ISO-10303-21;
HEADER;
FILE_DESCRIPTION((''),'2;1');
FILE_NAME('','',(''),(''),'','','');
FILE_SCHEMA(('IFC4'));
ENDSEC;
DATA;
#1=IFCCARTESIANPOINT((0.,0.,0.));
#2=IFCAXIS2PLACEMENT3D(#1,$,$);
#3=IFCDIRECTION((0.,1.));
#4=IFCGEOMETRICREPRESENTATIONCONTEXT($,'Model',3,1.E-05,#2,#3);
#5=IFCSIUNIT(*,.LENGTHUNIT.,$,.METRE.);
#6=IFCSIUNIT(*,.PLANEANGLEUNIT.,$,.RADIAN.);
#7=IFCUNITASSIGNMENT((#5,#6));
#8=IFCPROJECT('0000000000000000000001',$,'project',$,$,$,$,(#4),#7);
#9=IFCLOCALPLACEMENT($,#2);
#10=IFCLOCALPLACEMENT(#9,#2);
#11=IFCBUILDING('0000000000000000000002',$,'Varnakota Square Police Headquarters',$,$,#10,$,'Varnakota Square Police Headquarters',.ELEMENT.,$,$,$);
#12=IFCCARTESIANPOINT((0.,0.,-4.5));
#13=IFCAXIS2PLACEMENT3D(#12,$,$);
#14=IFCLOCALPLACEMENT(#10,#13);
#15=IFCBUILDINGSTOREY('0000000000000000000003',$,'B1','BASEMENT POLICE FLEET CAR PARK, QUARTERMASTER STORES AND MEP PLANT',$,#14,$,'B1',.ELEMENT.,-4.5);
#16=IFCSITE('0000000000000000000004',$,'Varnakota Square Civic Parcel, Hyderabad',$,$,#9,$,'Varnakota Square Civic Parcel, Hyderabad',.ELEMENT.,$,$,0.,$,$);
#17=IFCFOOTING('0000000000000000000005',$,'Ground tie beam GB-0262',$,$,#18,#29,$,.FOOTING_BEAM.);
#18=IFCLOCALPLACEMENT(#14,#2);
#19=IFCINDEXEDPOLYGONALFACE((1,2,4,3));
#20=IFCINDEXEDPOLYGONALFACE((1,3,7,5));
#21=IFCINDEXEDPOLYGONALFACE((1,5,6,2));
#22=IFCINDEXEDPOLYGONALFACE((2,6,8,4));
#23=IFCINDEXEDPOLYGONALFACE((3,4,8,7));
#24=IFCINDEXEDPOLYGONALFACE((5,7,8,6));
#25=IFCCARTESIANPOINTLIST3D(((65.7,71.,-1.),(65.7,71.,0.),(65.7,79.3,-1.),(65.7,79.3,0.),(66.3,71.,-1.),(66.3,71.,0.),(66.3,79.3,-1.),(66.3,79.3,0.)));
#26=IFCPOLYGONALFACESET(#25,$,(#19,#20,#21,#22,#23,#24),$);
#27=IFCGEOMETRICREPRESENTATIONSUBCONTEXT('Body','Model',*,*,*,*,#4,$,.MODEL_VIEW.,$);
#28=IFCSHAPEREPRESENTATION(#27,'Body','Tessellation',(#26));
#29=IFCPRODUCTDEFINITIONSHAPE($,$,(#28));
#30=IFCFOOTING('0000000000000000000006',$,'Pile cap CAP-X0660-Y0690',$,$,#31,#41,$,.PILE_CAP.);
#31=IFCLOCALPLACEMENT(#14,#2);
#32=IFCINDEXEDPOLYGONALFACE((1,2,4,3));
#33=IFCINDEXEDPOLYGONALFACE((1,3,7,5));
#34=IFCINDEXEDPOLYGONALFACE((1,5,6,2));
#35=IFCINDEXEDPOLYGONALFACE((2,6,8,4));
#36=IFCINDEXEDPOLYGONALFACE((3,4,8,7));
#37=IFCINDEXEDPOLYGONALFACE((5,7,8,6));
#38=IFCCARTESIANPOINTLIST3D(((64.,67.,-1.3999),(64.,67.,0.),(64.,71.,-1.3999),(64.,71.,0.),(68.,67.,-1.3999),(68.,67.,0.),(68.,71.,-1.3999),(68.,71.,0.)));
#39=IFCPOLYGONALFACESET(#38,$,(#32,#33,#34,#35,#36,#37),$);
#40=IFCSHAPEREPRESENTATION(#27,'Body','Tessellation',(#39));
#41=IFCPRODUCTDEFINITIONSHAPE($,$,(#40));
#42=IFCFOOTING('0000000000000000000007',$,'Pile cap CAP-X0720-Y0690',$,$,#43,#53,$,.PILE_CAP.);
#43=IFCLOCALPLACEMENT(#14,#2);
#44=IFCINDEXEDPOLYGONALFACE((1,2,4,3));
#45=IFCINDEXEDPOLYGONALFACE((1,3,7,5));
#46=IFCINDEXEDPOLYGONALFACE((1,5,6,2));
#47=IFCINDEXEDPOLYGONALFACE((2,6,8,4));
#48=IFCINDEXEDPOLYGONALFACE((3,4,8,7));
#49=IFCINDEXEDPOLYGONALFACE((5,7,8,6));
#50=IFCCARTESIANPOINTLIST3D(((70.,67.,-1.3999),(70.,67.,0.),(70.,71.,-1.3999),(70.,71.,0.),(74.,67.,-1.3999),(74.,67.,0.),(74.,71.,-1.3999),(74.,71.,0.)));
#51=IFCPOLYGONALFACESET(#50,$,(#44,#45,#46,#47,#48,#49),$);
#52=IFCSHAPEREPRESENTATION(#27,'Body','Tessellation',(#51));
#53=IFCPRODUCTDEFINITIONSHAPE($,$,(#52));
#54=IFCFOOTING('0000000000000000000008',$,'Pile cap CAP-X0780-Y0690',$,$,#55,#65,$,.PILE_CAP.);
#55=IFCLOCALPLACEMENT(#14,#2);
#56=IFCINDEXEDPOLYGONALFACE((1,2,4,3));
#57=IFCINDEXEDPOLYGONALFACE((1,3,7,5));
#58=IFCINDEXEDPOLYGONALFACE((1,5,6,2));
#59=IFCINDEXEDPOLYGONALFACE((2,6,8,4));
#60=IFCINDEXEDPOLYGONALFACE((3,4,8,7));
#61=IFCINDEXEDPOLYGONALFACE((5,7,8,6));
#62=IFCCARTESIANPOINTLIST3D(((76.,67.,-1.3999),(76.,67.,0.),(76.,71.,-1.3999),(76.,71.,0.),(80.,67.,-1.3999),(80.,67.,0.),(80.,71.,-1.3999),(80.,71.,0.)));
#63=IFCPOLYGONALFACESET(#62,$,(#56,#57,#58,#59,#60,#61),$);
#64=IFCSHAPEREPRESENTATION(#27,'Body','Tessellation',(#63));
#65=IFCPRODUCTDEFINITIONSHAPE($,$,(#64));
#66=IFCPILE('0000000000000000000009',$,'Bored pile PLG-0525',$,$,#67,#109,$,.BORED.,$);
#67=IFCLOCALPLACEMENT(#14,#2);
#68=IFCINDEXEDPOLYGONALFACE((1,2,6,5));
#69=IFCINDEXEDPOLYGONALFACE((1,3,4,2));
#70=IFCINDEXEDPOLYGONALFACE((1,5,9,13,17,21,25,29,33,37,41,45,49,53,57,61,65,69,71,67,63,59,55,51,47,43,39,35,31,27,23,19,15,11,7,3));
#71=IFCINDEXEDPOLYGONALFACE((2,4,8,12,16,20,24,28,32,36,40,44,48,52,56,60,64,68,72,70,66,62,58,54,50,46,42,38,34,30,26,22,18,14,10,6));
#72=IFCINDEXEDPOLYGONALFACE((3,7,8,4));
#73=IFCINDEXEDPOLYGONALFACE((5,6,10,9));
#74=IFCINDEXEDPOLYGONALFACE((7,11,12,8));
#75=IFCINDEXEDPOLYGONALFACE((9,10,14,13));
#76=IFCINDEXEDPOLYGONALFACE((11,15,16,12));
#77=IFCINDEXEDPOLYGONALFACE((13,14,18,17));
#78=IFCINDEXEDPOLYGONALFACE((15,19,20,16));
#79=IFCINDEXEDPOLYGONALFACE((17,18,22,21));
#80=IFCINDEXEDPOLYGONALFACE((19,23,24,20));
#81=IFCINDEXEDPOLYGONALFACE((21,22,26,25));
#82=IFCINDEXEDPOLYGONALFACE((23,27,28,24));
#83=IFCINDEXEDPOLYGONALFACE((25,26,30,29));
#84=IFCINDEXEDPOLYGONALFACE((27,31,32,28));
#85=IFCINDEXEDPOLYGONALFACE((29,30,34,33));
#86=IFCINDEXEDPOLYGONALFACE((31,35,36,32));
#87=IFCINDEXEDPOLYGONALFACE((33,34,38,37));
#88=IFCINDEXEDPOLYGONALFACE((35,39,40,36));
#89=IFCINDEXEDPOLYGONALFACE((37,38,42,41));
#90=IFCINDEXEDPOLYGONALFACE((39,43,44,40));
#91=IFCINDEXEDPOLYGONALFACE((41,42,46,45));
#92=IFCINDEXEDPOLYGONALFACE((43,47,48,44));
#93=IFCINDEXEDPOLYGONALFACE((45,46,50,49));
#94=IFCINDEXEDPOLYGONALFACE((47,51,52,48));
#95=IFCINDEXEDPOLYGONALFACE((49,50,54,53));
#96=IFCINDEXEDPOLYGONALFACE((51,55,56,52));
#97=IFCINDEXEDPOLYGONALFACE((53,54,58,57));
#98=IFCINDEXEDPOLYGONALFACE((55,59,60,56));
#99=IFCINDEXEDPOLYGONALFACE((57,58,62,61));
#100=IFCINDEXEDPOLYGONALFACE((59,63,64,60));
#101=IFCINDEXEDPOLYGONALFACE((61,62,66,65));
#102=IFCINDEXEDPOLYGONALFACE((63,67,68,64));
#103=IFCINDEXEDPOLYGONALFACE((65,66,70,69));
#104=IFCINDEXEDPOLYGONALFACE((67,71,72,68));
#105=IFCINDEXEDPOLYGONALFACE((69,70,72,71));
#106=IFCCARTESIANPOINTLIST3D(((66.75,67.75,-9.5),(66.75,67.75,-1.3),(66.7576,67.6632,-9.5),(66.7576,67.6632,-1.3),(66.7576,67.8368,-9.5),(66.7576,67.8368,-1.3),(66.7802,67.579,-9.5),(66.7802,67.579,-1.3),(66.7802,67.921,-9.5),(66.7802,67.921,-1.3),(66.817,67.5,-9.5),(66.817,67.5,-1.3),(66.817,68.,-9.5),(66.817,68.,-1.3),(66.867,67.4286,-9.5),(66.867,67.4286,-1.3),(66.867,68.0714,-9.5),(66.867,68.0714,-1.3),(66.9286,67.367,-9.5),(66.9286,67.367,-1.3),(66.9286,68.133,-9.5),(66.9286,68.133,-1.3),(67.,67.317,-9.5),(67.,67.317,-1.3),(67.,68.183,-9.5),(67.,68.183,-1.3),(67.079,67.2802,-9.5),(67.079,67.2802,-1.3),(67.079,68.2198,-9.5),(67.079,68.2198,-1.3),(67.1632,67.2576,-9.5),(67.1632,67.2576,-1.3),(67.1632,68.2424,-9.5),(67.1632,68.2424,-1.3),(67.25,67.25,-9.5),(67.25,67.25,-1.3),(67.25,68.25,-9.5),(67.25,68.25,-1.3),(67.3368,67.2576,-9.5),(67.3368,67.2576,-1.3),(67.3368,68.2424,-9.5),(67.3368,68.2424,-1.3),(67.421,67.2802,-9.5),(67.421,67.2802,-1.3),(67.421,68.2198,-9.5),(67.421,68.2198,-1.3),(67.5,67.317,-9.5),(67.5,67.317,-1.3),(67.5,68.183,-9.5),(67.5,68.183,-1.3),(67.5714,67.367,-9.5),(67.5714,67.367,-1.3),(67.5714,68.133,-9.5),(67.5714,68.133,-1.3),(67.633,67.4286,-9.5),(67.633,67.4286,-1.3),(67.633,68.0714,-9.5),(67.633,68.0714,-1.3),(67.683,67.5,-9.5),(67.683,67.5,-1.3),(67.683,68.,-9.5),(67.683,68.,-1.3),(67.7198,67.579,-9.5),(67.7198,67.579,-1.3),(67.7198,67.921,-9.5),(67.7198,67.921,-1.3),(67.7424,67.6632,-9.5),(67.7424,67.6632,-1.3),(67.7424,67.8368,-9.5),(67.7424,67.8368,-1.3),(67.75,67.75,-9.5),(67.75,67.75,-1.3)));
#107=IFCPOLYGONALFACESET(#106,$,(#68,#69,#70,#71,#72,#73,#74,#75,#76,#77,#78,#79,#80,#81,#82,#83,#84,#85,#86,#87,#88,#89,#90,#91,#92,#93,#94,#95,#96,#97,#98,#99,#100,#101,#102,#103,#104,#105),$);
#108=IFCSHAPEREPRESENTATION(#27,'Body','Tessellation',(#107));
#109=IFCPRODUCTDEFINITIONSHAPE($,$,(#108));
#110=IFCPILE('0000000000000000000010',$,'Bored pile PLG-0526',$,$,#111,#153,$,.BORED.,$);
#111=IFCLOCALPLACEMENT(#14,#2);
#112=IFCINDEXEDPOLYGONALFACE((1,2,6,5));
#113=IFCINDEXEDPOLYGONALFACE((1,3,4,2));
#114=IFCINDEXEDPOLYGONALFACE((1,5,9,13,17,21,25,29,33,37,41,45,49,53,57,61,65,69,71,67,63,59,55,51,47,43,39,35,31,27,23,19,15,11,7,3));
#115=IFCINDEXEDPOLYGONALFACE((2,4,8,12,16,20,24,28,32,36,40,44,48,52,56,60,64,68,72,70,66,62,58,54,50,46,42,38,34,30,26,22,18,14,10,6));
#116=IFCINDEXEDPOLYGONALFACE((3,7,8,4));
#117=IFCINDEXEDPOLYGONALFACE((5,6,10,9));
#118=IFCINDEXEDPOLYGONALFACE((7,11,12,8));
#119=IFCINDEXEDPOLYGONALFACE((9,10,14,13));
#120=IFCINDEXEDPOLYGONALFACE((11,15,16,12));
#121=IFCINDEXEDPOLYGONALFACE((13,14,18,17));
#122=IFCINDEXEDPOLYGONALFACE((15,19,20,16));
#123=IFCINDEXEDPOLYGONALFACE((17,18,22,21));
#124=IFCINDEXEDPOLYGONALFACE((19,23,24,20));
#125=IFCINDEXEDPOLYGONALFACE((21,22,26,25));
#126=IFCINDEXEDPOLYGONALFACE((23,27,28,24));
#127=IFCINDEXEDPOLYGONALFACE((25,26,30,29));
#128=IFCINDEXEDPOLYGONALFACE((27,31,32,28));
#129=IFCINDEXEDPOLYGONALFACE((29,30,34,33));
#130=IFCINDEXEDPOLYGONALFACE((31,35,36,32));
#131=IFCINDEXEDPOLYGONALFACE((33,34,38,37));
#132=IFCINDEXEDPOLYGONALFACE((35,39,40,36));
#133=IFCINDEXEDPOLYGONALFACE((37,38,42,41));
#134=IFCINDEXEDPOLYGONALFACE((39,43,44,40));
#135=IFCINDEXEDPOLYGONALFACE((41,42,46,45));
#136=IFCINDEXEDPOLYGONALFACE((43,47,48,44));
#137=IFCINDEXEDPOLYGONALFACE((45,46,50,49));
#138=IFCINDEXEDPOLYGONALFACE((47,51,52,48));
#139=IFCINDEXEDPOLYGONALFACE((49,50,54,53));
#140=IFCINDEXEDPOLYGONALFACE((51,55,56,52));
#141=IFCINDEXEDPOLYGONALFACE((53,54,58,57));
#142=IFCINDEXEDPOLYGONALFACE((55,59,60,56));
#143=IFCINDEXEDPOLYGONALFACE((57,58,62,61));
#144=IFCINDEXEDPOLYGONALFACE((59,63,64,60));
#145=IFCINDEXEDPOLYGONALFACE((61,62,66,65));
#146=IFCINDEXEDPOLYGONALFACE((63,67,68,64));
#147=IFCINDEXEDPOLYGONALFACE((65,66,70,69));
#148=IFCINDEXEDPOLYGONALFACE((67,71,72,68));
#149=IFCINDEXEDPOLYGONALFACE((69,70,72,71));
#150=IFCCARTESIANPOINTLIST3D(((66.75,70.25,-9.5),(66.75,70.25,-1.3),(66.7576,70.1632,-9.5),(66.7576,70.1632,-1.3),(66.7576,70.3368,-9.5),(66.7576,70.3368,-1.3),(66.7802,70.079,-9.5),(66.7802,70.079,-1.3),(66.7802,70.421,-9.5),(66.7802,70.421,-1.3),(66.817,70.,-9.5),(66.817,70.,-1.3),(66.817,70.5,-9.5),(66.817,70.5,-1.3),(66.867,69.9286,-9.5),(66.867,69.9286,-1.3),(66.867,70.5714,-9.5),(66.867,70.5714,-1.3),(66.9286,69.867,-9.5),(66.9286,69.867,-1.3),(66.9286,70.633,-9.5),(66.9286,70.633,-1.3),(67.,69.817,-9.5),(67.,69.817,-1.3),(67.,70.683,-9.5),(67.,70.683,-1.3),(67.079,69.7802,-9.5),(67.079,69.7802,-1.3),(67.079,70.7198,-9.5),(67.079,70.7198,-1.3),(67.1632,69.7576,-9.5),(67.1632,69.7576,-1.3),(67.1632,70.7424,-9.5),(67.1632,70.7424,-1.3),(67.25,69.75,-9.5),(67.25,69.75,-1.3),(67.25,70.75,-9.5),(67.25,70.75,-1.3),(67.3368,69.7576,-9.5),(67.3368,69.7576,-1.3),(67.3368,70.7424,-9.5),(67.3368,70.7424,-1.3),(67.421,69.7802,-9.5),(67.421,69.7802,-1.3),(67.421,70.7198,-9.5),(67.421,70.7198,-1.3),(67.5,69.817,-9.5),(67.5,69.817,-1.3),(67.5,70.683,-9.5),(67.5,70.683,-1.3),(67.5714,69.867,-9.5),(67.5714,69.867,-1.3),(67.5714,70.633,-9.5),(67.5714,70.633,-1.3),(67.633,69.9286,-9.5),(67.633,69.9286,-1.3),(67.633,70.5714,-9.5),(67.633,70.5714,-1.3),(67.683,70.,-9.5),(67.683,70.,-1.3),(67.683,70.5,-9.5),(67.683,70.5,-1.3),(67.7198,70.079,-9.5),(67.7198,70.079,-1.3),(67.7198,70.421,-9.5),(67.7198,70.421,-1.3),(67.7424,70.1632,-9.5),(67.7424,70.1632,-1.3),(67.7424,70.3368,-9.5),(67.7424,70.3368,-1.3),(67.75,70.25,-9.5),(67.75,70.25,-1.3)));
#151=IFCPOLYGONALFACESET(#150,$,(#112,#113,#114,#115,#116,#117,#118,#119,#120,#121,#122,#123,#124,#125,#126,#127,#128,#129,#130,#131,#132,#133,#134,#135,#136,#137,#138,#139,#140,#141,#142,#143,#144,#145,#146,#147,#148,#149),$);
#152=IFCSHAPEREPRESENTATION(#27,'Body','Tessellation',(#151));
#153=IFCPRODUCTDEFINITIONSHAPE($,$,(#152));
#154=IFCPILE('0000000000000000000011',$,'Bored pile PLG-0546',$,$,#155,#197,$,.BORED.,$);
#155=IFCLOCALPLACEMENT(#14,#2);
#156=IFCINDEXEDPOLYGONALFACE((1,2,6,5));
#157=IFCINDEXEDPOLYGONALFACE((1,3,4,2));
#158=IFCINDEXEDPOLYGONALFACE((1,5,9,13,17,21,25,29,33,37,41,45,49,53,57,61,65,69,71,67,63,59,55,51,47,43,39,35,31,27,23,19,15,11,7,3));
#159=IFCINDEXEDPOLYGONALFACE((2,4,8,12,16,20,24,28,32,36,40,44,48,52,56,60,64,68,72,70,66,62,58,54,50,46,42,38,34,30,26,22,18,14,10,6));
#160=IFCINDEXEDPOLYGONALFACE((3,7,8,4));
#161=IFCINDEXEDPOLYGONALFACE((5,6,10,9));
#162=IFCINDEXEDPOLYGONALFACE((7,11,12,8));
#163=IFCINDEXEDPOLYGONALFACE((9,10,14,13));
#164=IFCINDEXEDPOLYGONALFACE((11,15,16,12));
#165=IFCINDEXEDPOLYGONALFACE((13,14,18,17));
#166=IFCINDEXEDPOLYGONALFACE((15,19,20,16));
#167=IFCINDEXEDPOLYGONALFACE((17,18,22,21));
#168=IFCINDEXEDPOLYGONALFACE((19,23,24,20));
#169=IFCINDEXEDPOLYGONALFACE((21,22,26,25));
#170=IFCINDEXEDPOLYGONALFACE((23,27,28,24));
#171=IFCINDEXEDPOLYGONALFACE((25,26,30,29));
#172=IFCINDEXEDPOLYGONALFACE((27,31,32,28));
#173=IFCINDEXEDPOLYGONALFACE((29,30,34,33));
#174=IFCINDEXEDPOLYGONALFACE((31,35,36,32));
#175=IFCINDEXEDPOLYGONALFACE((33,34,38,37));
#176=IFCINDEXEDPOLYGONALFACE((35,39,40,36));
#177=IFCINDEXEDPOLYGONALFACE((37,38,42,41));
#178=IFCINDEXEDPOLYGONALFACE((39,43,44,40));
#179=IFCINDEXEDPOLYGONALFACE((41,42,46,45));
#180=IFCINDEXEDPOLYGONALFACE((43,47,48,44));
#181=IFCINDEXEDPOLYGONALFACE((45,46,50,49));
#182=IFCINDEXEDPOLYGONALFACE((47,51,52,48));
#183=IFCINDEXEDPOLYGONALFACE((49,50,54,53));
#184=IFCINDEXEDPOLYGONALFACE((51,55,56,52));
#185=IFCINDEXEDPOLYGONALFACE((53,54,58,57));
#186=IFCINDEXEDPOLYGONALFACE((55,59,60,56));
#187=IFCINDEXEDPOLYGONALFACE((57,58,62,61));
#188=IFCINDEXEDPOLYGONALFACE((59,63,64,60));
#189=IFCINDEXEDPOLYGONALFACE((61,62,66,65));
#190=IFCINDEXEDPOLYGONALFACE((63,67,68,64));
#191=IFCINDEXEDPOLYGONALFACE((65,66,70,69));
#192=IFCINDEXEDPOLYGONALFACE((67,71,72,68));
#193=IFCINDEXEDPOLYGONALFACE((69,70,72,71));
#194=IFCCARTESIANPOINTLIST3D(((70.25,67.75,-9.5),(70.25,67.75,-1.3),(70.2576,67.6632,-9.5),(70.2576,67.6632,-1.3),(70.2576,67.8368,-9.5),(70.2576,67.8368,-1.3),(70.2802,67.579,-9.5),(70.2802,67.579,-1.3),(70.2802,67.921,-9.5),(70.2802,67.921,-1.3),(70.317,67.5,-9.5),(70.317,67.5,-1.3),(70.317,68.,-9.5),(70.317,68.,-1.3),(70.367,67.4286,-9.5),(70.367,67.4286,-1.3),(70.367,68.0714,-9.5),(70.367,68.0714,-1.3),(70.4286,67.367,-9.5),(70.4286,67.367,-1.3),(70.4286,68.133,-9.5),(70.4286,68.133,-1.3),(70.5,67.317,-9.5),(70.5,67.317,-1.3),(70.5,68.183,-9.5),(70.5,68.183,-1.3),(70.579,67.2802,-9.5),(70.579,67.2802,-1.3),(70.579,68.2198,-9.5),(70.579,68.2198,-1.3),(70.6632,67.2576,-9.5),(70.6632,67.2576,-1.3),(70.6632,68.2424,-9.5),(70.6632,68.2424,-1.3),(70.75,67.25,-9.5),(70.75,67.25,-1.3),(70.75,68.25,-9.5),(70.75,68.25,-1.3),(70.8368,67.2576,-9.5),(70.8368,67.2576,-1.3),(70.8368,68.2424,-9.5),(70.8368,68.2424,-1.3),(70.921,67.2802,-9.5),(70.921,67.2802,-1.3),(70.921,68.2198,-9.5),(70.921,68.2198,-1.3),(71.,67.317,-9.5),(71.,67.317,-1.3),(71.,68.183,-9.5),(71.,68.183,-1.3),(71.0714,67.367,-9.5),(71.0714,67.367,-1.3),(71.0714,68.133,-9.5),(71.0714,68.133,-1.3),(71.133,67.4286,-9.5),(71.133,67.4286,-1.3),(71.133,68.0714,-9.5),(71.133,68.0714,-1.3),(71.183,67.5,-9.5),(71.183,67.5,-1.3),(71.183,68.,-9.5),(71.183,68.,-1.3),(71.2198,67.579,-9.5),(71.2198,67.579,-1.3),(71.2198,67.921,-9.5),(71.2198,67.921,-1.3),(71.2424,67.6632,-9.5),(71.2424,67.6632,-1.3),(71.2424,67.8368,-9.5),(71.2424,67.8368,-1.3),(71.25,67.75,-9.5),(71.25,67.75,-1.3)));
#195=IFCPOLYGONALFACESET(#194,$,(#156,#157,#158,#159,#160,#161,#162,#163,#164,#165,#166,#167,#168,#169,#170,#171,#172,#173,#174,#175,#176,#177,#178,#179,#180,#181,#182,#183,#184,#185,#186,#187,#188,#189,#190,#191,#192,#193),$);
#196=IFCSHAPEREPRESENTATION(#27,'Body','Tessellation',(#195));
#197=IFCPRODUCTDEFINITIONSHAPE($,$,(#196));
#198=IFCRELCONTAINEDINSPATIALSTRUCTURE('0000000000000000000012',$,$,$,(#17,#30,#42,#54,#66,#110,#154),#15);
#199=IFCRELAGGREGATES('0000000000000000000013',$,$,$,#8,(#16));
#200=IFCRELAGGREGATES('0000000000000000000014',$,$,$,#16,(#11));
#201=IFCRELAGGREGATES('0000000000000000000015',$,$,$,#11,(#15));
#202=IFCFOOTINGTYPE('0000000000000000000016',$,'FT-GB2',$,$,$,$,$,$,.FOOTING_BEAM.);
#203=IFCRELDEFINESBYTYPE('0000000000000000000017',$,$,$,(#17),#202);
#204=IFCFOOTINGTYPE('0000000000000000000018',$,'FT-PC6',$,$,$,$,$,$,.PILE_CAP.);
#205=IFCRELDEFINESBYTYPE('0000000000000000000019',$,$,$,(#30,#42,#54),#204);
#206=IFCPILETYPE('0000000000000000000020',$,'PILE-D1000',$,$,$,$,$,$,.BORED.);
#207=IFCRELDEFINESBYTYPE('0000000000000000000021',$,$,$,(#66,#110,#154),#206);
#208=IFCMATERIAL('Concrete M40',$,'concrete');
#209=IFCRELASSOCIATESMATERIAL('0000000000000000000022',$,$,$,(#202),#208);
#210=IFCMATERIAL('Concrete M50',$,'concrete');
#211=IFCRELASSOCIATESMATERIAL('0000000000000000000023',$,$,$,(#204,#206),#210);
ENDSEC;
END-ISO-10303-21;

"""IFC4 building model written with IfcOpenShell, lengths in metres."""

from ifc_helpers import new_model, si_unit, direction, frame, origin, origin_2d, place, context, subcontext, project, spatial, rectangle, circle, extrude, material, material_profile, profile_set, type_object, element, save


model = new_model("IFC4")

# Units and contexts
model_context = context("Model", 3, precision=1e-05, world=origin(), true_north=direction((0.0, 1.0)))
body_context = subcontext(model_context, "Body", "Model", "MODEL_VIEW")
ifc_project = project(units=[si_unit("LENGTHUNIT", "METRE"), si_unit("PLANEANGLEUNIT", "RADIAN")], contexts=[model_context])

# Site, building, storey
site_placement = place(None, origin())
site = spatial("IfcSite", under=ifc_project, at=site_placement, Name="Varnakota Square Civic Parcel, Hyderabad", LongName="Varnakota Square Civic Parcel, Hyderabad", CompositionType="ELEMENT", RefElevation=0.0)
building_placement = place(site_placement, origin())
building = spatial("IfcBuilding", under=site, at=building_placement, Name="Varnakota Square Police Headquarters", LongName="Varnakota Square Police Headquarters", CompositionType="ELEMENT")
storey_placement = place(building_placement, frame((0.0, 0.0, -4.5)))
storey = spatial("IfcBuildingStorey", under=building, at=storey_placement, Name="B1", Description="BASEMENT POLICE FLEET CAR PARK, QUARTERMASTER STORES AND MEP PLANT", LongName="B1", CompositionType="ELEMENT", Elevation=-4.5)

# Footings
ifc_material_1 = material(Name="Concrete M40", Category="concrete")
ifc_material_profile_1 = material_profile(ifc_material_1, rectangle(XDim=0.6001, YDim=1.0, at=origin_2d()), Name="GB 600x1000")
ifc_profile_set_1 = profile_set([ifc_material_profile_1], Name="Concrete M40")
footing_type_1 = type_object("IfcFootingType", Name="FT-GB2", PredefinedType="FOOTING_BEAM", material=ifc_profile_set_1)
footing_placement = place(storey_placement, frame((66.0, 71.0, -0.5), z_axis=(0.0, 1.0, 0.0), x_axis=(-1.0, 0.0, 0.0)))
element("IfcFooting", 1, at=footing_placement, inside=storey, type_object=footing_type_1, Name="Ground tie beam GB-0262", PredefinedType="FOOTING_BEAM", context=body_context, shape_type="SweptSolid", body=[
    extrude(rectangle(XDim=0.6001, YDim=1.0, at=origin_2d()), origin(), (0.0, 0.0, 1.0), 8.3),
])
ifc_material_2 = material(Name="Concrete M50", Category="concrete")
footing_type_2 = type_object("IfcFootingType", Name="FT-PC6", PredefinedType="PILE_CAP", material=ifc_material_2)
for number, where, z_axis, x_axis, name in (
    (2, (66.0, 69.0, -1.3999), (0.0, 0.0, 1.0), (1.0, 0.0, 0.0), "Pile cap CAP-X0660-Y0690"),
    (3, (72.0, 69.0, -1.3999), (0.0, 0.0, 1.0), (1.0, 0.0, 0.0), "Pile cap CAP-X0720-Y0690"),
    (4, (78.0, 69.0, -1.3999), (0.0, 0.0, 1.0), (1.0, 0.0, 0.0), "Pile cap CAP-X0780-Y0690"),
):
    element("IfcFooting", number, at=place(storey_placement, frame(where, z_axis=z_axis, x_axis=x_axis)), inside=storey, type_object=footing_type_2, Name=name, PredefinedType="PILE_CAP", context=body_context, shape_type="SweptSolid", body=[
        extrude(rectangle(XDim=4.0, YDim=4.0, at=origin_2d()), origin(), (0.0, 0.0, 1.0), 1.3999),
    ])

# Piles
ifc_material_profile_2 = material_profile(ifc_material_2, circle(Radius=0.5, at=origin_2d()), Name="BORED PILE 1000")
ifc_profile_set_2 = profile_set([ifc_material_profile_2], Name="Concrete M50")
pile_type = type_object("IfcPileType", Name="PILE-D1000", PredefinedType="BORED", material=ifc_profile_set_2)
for number, where, z_axis, x_axis, name in (
    (5, (67.25, 67.75, -1.3), (0.0, 0.0, -1.0), (1.0, 0.0, 0.0), "Bored pile PLG-0525"),
    (6, (67.25, 70.25, -1.3), (0.0, 0.0, -1.0), (1.0, 0.0, 0.0), "Bored pile PLG-0526"),
    (7, (70.75, 67.75, -1.3), (0.0, 0.0, -1.0), (1.0, 0.0, 0.0), "Bored pile PLG-0546"),
):
    element("IfcPile", number, at=place(storey_placement, frame(where, z_axis=z_axis, x_axis=x_axis)), inside=storey, type_object=pile_type, Name=name, PredefinedType="BORED", context=body_context, shape_type="SweptSolid", body=[
        extrude(circle(Radius=0.5, at=origin_2d()), origin(), (0.0, 0.0, 1.0), 8.2),
    ])

save(model, "model.ifc")
